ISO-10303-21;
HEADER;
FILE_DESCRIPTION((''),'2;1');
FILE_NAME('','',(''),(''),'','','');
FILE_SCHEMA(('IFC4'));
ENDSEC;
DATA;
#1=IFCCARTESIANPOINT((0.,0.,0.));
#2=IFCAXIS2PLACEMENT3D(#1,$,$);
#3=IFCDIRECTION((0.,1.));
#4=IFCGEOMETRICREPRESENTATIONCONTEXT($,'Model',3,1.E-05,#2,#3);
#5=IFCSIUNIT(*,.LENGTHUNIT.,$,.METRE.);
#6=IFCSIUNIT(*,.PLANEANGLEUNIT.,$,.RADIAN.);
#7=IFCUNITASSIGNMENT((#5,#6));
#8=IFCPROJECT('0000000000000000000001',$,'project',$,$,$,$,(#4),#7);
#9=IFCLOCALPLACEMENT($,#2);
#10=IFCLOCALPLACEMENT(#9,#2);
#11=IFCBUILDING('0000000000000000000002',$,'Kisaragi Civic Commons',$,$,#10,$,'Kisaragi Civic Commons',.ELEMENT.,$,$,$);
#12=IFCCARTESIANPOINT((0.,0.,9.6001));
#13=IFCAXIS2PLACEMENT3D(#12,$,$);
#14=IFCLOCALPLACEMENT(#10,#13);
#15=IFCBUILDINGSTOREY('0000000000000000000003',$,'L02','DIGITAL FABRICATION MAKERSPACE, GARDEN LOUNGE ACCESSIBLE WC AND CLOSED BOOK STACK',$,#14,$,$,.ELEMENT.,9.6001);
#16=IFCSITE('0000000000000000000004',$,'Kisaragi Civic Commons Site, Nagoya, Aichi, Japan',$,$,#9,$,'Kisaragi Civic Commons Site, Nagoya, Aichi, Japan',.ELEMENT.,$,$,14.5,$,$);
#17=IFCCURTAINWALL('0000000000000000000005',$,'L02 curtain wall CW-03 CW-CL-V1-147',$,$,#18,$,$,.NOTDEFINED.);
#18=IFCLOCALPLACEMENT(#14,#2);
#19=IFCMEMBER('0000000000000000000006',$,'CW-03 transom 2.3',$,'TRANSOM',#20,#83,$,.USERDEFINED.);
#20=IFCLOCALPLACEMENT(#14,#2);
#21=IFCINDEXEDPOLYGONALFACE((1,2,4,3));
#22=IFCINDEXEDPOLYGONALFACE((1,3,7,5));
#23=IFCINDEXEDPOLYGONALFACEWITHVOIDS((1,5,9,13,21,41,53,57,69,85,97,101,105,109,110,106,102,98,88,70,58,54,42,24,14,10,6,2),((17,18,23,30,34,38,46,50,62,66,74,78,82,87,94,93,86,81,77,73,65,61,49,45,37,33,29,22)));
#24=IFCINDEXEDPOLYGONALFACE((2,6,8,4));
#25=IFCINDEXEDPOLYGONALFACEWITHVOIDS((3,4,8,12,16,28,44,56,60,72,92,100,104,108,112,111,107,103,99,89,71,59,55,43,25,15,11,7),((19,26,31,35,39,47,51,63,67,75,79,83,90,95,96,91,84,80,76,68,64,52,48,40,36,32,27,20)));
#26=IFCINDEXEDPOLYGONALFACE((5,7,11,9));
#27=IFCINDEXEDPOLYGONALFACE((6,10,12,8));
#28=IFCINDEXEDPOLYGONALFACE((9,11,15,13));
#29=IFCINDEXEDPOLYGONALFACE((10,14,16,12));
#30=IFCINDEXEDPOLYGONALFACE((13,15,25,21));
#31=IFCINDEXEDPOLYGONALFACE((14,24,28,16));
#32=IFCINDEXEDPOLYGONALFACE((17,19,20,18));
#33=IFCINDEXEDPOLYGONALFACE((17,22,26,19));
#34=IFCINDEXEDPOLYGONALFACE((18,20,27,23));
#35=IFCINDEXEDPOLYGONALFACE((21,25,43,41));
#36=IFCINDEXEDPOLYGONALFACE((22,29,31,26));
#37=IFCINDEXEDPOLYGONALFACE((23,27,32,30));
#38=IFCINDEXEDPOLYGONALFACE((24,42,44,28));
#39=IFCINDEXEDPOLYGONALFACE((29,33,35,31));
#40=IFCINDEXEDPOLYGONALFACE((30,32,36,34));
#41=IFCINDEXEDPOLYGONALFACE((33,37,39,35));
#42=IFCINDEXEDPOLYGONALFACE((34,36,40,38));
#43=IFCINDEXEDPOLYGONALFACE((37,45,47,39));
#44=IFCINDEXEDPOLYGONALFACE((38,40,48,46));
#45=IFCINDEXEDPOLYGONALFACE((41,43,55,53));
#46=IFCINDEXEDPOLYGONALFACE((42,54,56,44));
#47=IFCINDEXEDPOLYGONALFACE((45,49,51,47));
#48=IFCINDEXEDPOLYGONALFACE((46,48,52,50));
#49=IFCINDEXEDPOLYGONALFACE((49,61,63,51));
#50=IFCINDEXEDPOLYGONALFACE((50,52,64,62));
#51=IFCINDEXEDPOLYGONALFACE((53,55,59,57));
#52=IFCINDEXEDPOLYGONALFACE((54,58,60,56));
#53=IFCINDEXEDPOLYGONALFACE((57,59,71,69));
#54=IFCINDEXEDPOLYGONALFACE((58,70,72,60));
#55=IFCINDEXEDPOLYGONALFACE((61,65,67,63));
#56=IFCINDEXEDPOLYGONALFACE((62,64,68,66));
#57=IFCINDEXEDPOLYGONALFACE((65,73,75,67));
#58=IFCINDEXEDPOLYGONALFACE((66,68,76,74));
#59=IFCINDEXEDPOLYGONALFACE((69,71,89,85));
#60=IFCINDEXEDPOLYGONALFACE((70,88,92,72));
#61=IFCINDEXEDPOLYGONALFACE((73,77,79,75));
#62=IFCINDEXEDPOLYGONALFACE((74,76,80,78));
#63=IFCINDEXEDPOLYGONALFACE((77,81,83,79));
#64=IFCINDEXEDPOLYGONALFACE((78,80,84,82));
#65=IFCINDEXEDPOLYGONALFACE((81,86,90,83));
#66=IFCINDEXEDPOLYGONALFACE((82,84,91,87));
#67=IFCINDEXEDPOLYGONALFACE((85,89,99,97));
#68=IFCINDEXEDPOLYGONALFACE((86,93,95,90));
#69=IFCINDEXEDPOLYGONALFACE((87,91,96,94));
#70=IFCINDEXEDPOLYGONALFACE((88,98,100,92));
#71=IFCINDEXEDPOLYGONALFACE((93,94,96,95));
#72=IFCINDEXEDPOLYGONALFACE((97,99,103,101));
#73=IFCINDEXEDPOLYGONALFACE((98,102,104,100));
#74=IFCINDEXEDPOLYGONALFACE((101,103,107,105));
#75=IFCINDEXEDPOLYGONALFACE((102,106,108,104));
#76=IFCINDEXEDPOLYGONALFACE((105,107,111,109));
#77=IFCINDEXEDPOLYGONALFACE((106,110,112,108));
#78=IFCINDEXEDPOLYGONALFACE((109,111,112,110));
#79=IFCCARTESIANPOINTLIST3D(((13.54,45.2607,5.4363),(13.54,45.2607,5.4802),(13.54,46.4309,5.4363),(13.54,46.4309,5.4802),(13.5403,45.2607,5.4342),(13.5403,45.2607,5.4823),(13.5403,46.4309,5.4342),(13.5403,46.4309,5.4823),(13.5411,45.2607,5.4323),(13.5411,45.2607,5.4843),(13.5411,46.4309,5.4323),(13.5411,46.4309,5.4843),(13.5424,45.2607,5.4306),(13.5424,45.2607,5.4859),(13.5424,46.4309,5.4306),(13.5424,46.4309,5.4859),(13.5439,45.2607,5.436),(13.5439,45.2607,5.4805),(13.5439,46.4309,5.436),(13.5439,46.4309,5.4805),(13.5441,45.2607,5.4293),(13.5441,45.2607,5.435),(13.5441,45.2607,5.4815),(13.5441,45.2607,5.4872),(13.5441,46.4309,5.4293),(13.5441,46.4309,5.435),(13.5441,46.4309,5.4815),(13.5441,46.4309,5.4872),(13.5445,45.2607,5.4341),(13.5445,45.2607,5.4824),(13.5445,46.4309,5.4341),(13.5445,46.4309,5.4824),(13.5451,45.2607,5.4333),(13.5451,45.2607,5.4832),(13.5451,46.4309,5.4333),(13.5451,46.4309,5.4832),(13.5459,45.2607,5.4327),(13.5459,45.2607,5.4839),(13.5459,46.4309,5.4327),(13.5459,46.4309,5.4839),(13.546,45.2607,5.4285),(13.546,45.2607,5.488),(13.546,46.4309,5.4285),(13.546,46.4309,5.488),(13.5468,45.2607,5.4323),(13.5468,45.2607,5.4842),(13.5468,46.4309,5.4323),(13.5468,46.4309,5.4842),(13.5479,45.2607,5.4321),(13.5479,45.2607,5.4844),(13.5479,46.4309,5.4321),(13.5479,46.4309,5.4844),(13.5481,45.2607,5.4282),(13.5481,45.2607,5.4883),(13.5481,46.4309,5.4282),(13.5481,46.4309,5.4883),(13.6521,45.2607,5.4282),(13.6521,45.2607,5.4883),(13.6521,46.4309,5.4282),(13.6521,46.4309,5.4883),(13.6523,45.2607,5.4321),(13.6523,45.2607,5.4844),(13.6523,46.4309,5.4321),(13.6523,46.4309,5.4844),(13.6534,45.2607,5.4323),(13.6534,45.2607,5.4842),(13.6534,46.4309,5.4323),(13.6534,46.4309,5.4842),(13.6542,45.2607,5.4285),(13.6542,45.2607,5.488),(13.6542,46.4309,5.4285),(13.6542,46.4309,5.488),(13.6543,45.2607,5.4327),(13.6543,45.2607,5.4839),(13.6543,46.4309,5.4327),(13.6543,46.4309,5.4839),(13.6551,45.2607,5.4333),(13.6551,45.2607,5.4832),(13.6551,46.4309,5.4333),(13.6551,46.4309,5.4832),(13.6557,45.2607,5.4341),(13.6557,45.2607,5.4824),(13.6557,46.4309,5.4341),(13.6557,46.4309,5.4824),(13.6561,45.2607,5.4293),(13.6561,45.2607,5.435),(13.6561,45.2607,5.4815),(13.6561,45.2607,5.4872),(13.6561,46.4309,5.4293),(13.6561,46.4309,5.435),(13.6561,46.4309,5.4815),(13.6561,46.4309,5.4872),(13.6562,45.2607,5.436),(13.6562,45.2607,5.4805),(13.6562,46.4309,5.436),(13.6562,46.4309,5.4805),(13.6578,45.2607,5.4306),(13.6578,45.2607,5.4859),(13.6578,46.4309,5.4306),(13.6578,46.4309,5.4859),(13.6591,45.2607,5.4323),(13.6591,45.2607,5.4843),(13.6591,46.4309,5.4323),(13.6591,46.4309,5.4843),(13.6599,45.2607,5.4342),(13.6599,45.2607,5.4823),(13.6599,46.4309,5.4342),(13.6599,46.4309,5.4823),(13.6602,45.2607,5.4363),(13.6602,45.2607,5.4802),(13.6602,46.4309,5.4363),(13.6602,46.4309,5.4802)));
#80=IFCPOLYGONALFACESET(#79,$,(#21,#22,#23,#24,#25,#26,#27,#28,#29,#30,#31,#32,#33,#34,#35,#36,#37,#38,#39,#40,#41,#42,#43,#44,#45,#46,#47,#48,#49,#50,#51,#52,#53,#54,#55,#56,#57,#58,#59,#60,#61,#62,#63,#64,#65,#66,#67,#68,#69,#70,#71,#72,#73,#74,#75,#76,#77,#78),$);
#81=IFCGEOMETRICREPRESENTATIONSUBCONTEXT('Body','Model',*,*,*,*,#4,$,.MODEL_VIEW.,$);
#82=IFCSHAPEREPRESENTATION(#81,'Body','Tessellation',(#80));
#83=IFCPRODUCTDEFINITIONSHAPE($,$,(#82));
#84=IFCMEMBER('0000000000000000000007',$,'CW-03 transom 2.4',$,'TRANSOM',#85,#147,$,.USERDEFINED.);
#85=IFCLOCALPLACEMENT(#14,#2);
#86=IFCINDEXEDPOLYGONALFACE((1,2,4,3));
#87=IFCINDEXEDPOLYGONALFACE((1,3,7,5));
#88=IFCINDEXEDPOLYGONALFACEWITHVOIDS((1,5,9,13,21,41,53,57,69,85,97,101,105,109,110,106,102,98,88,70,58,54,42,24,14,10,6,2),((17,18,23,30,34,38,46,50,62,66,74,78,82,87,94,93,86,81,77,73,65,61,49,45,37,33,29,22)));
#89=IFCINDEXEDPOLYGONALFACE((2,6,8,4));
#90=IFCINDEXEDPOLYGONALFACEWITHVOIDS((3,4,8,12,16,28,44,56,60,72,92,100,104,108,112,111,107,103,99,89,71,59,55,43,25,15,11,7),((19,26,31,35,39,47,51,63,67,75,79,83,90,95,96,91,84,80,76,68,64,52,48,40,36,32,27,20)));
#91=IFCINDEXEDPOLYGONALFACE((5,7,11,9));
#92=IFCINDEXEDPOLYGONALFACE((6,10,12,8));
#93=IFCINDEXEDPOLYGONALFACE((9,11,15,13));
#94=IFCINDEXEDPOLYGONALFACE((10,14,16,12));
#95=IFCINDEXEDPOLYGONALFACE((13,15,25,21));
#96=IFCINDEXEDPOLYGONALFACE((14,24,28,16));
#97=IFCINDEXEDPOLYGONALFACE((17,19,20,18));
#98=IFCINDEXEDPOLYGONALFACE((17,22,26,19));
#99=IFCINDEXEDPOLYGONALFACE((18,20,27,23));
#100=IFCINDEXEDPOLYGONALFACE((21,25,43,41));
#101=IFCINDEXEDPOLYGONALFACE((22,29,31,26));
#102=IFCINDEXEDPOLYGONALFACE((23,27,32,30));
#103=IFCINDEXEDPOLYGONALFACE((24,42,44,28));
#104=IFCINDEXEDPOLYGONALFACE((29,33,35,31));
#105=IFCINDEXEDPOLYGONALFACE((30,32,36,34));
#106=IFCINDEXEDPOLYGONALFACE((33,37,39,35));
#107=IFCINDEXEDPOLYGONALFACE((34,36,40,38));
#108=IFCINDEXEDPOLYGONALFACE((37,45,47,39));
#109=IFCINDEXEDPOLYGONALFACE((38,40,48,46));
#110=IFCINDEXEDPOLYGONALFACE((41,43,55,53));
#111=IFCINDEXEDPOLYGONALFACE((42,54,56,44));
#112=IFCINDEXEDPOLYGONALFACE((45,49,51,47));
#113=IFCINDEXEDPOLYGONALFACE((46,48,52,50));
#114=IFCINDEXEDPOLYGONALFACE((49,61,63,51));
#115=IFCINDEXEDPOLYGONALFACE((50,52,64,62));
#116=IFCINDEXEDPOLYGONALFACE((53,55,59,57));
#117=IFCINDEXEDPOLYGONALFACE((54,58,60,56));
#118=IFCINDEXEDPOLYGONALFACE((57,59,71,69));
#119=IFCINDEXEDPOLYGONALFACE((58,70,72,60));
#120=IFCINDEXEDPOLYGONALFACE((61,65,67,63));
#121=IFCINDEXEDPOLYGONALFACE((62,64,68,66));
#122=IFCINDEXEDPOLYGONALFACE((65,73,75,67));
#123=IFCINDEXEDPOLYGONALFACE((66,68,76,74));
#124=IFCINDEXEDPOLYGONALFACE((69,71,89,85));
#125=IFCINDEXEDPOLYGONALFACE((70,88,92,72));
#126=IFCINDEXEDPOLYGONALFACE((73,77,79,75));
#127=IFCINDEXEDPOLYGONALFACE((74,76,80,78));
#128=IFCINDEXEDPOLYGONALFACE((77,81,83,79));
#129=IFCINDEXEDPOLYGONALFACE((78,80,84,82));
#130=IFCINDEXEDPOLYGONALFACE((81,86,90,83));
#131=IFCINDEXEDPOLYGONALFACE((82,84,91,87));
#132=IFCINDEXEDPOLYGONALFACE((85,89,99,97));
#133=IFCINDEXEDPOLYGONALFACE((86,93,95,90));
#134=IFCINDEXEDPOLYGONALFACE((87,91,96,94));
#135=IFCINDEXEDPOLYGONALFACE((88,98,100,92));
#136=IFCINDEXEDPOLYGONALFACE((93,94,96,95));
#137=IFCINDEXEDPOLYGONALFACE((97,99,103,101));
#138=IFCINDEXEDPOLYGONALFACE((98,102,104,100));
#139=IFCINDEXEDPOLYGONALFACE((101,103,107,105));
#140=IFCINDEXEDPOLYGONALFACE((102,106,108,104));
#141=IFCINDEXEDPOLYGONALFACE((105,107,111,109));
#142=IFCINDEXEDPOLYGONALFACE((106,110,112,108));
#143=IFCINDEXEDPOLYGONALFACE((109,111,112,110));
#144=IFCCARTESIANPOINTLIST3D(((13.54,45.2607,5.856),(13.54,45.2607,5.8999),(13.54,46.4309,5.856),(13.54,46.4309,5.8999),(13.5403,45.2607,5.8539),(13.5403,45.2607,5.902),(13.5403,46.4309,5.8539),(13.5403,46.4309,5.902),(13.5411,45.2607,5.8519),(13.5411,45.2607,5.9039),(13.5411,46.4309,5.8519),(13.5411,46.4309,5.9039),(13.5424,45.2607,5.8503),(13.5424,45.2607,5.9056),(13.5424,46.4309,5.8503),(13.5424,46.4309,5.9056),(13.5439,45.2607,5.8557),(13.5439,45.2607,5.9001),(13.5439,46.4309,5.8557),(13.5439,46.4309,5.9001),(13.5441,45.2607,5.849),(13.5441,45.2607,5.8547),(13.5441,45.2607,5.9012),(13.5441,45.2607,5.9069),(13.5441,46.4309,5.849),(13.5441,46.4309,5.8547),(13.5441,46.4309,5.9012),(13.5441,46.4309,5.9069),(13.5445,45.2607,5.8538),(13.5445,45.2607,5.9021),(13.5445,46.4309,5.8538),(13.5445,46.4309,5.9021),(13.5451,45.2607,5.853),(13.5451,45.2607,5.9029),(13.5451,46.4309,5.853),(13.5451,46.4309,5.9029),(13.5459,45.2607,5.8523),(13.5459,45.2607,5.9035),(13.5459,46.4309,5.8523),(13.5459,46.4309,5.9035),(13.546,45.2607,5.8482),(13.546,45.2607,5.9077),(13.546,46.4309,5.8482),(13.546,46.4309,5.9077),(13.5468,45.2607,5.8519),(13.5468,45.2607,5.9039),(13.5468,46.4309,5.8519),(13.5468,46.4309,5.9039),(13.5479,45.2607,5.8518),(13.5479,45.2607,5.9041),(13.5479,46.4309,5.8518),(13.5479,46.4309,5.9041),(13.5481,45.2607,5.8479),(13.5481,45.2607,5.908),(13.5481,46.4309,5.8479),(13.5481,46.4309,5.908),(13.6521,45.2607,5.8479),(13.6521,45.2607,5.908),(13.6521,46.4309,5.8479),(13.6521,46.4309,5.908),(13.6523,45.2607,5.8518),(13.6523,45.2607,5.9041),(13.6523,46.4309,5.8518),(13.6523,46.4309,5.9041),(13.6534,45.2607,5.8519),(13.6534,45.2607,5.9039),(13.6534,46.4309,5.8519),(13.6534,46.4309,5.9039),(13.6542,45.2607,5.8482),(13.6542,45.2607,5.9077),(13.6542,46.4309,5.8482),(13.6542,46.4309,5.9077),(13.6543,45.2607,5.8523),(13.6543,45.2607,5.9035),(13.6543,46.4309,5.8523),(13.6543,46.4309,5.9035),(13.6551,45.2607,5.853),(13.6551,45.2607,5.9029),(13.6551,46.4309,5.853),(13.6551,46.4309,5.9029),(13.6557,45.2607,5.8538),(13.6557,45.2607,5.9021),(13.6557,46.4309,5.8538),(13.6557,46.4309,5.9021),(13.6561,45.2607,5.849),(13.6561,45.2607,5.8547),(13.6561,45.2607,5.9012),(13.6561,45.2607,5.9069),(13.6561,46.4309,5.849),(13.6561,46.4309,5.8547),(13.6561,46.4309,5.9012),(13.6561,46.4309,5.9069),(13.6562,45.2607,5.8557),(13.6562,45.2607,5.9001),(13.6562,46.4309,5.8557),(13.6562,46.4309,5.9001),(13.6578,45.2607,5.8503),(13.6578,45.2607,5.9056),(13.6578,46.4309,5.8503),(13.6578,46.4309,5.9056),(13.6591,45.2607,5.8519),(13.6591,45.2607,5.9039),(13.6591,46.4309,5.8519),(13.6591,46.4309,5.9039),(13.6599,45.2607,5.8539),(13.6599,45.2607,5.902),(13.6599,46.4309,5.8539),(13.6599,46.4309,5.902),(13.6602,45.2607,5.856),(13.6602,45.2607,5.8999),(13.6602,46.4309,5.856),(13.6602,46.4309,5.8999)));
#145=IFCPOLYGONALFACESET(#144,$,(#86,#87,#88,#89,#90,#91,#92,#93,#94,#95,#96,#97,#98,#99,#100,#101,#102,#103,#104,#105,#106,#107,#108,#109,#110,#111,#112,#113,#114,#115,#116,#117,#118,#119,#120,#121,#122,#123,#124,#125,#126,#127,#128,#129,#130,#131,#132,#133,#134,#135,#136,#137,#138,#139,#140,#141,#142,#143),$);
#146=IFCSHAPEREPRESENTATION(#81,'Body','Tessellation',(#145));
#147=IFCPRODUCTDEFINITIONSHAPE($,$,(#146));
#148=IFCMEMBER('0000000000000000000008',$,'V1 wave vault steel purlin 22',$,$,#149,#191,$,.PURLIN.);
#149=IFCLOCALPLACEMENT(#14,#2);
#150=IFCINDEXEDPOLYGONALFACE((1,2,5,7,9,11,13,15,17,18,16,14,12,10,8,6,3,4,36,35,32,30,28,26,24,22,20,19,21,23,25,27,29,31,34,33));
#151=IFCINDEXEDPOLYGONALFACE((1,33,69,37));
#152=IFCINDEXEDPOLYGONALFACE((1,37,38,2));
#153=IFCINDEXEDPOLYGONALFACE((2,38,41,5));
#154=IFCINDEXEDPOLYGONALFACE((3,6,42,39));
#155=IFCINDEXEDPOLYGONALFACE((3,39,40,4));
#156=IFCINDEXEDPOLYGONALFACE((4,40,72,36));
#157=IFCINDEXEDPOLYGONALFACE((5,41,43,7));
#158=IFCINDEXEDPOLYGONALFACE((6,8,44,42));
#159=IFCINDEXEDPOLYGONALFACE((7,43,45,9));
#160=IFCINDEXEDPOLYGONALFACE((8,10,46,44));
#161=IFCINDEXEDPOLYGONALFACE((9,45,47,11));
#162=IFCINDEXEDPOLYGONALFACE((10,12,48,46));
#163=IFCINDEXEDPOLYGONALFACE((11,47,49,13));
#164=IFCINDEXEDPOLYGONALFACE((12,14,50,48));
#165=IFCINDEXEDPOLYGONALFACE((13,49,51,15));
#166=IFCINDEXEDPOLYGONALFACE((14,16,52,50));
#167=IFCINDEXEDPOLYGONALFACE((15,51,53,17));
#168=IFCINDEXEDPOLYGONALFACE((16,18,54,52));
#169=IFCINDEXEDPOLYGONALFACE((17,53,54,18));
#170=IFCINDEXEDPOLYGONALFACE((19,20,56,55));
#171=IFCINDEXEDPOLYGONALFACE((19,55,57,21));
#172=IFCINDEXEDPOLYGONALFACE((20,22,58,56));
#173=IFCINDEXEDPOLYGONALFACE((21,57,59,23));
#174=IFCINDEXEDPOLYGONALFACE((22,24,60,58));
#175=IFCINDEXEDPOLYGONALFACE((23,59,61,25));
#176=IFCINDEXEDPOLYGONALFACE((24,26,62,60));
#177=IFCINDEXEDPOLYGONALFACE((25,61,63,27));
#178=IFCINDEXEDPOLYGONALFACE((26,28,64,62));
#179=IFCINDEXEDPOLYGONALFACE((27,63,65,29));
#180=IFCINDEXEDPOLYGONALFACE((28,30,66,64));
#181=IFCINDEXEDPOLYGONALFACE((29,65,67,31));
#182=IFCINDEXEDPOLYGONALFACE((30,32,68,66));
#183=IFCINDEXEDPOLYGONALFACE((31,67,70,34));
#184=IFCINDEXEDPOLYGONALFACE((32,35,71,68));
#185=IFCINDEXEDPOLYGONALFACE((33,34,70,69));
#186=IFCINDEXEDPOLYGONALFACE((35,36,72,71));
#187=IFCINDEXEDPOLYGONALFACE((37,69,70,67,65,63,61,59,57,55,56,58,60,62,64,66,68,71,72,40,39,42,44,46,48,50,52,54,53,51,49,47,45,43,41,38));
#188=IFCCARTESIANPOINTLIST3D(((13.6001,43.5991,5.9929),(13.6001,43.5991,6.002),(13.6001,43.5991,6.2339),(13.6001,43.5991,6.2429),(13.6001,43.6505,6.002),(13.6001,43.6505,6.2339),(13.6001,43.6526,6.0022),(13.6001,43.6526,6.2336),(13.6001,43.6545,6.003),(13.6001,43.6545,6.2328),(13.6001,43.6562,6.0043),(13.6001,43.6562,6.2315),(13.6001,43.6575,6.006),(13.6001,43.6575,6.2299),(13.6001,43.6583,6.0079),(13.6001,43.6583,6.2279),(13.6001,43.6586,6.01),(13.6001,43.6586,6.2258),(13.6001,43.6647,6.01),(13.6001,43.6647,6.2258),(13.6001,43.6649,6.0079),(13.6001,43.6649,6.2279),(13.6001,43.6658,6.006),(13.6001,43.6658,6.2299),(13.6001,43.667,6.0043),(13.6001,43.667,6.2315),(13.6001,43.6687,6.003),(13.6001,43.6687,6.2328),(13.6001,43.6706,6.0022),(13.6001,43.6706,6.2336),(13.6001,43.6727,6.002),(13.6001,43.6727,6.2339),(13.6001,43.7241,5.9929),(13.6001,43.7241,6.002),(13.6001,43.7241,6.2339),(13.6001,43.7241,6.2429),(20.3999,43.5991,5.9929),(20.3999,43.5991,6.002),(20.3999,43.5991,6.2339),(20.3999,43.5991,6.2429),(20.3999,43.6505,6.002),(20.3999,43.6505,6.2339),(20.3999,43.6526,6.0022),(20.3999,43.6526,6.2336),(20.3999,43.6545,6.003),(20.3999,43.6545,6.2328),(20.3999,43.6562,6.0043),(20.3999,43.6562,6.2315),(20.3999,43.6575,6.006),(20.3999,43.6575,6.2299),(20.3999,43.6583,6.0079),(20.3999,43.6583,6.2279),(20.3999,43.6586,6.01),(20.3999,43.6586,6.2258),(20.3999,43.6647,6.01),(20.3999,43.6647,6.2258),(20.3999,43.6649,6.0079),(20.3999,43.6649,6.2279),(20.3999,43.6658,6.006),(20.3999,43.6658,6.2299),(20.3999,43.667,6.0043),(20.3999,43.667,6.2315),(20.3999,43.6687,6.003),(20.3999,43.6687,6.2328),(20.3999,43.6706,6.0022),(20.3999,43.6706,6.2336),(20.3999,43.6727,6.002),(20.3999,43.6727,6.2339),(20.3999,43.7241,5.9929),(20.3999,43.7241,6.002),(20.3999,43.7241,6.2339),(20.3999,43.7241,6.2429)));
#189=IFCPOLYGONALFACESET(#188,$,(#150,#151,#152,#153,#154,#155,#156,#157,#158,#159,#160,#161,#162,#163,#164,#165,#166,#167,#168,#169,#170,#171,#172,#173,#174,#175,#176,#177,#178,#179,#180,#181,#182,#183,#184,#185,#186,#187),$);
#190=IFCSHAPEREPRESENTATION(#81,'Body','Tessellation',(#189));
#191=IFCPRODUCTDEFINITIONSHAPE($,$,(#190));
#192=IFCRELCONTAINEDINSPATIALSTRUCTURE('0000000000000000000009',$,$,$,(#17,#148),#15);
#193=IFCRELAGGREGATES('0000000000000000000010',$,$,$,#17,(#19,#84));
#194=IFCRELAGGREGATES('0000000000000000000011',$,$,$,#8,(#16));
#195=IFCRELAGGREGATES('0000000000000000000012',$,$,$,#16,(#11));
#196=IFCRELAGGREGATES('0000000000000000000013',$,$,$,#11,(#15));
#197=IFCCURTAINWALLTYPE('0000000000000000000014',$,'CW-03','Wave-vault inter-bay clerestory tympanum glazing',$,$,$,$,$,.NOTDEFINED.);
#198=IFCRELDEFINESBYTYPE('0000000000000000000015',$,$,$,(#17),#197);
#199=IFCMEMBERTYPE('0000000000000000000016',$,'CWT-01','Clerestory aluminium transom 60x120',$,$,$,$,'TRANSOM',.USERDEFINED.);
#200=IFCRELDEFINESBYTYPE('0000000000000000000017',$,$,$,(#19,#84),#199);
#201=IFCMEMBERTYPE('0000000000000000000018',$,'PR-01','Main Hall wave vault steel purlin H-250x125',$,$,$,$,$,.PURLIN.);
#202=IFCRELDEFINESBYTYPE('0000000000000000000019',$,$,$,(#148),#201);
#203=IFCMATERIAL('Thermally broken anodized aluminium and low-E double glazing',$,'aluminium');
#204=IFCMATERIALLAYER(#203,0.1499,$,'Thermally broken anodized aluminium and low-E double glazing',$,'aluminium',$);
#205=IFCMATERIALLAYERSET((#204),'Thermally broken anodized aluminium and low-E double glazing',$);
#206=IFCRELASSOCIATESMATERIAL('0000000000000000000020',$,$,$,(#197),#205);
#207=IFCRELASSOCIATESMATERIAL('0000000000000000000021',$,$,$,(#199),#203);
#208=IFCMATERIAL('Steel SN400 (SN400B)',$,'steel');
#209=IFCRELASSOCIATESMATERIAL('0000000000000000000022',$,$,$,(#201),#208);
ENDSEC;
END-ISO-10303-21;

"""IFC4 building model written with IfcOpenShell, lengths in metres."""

from ifc_helpers import new_model, si_unit, direction, frame, origin, origin_2d, place, context, subcontext, project, spatial, hollow_rectangle, i_section, extrude, material, layer, layer_set, material_profile, profile_set, type_object, element, aggregate, save


model = new_model("IFC4")

# Units and contexts
model_context = context("Model", 3, precision=1e-05, world=origin(), true_north=direction((0.0, 1.0)))
body_context = subcontext(model_context, "Body", "Model", "MODEL_VIEW")
ifc_project = project(units=[si_unit("LENGTHUNIT", "METRE"), si_unit("PLANEANGLEUNIT", "RADIAN")], contexts=[model_context])

# Site, building, storey
site_placement = place(None, origin())
site = spatial("IfcSite", under=ifc_project, at=site_placement, Name="Kisaragi Civic Commons Site, Nagoya, Aichi, Japan", LongName="Kisaragi Civic Commons Site, Nagoya, Aichi, Japan", CompositionType="ELEMENT", RefElevation=14.5)
building_placement = place(site_placement, origin())
building = spatial("IfcBuilding", under=site, at=building_placement, Name="Kisaragi Civic Commons", LongName="Kisaragi Civic Commons", CompositionType="ELEMENT")
storey_placement = place(building_placement, frame((0.0, 0.0, 9.6001)))
storey = spatial("IfcBuildingStorey", under=building, at=storey_placement, Name="L02", Description="DIGITAL FABRICATION MAKERSPACE, GARDEN LOUNGE ACCESSIBLE WC AND CLOSED BOOK STACK", CompositionType="ELEMENT", Elevation=9.6001)

# Shared definitions
ifc_material_1 = material(Name="Thermally broken anodized aluminium and low-E double glazing", Category="aluminium")
ifc_layer_1 = layer(ifc_material_1, 0.1499, Name="Thermally broken anodized aluminium and low-E double glazing", Category="aluminium")
ifc_layer_set_1 = layer_set([ifc_layer_1], Name="Thermally broken anodized aluminium and low-E double glazing")
curtain_wall_type = type_object("IfcCurtainWallType", Name="CW-03", Description="Wave-vault inter-bay clerestory tympanum glazing", PredefinedType="NOTDEFINED", material=ifc_layer_set_1)

# Curtain wall
curtain_wall_1_placement = place(storey_placement, origin())
curtain_wall_1 = element("IfcCurtainWall", 1, at=curtain_wall_1_placement, inside=storey, type_object=curtain_wall_type, Name="L02 curtain wall CW-03 CW-CL-V1-147", PredefinedType="NOTDEFINED")

# Members
ifc_material_profile_1 = material_profile(ifc_material_1, hollow_rectangle(XDim=0.1201, YDim=0.0601, WallThickness=0.0039, InnerFilletRadius=0.0039, OuterFilletRadius=0.0081, at=origin_2d()), Name="CWT-60x120x4", Category="aluminium")
ifc_profile_set_1 = profile_set([ifc_material_profile_1], Name="Thermally broken anodized aluminium and low-E double glazing")
member_type_1 = type_object("IfcMemberType", Name="CWT-01", Description="Clerestory aluminium transom 60x120", ElementType="TRANSOM", PredefinedType="USERDEFINED", material=ifc_profile_set_1)
member_1_placement = place(storey_placement, frame((13.6001, 45.2607, 5.4583), z_axis=(0.0, 1.0, 0.0), x_axis=(-1.0, 0.0, 0.0)))
member_1 = element("IfcMember", 2, at=member_1_placement, type_object=member_type_1, Name="CW-03 transom 2.3", ObjectType="TRANSOM", PredefinedType="USERDEFINED", context=body_context, shape_type="SweptSolid", body=[
    extrude(hollow_rectangle(XDim=0.1201, YDim=0.0601, WallThickness=0.0039, InnerFilletRadius=0.0039, OuterFilletRadius=0.0081, at=origin_2d()), origin(), (0.0, 0.0, 1.0), 1.1702),
])
member_2_placement = place(storey_placement, frame((13.6001, 45.2607, 5.8779), z_axis=(0.0, 1.0, 0.0), x_axis=(-1.0, 0.0, 0.0)))
member_2 = element("IfcMember", 3, at=member_2_placement, type_object=member_type_1, Name="CW-03 transom 2.4", ObjectType="TRANSOM", PredefinedType="USERDEFINED", context=body_context, shape_type="SweptSolid", body=[
    extrude(hollow_rectangle(XDim=0.1201, YDim=0.0601, WallThickness=0.0039, InnerFilletRadius=0.0039, OuterFilletRadius=0.0081, at=origin_2d()), origin(), (0.0, 0.0, 1.0), 1.1702),
])

# Member
ifc_material_2 = material(Name="Steel SN400 (SN400B)", Category="steel")
ifc_material_profile_2 = material_profile(ifc_material_2, i_section(OverallWidth=0.125, OverallDepth=0.25, WebThickness=0.0061, FlangeThickness=0.009, FilletRadius=0.0081, at=origin_2d()), Name="H-250x125x6x9", Category="steel")
ifc_profile_set_2 = profile_set([ifc_material_profile_2], Name="Steel SN400 (SN400B)")
member_type_2 = type_object("IfcMemberType", Name="PR-01", Description="Main Hall wave vault steel purlin H-250x125", PredefinedType="PURLIN", material=ifc_profile_set_2)
member_3_placement = place(storey_placement, frame((13.6001, 43.6616, 6.1179), z_axis=(1.0, 0.0, 0.0), x_axis=(0.0, 1.0, 0.0)))
element("IfcMember", 4, at=member_3_placement, inside=storey, type_object=member_type_2, Name="V1 wave vault steel purlin 22", PredefinedType="PURLIN", context=body_context, shape_type="SweptSolid", body=[
    extrude(i_section(OverallWidth=0.125, OverallDepth=0.25, WebThickness=0.0061, FlangeThickness=0.009, FilletRadius=0.0081, at=origin_2d()), origin(), (0.0, 0.0, 1.0), 6.7998),
])

aggregate(curtain_wall_1, [member_1, member_2])

save(model, "model.ifc")
